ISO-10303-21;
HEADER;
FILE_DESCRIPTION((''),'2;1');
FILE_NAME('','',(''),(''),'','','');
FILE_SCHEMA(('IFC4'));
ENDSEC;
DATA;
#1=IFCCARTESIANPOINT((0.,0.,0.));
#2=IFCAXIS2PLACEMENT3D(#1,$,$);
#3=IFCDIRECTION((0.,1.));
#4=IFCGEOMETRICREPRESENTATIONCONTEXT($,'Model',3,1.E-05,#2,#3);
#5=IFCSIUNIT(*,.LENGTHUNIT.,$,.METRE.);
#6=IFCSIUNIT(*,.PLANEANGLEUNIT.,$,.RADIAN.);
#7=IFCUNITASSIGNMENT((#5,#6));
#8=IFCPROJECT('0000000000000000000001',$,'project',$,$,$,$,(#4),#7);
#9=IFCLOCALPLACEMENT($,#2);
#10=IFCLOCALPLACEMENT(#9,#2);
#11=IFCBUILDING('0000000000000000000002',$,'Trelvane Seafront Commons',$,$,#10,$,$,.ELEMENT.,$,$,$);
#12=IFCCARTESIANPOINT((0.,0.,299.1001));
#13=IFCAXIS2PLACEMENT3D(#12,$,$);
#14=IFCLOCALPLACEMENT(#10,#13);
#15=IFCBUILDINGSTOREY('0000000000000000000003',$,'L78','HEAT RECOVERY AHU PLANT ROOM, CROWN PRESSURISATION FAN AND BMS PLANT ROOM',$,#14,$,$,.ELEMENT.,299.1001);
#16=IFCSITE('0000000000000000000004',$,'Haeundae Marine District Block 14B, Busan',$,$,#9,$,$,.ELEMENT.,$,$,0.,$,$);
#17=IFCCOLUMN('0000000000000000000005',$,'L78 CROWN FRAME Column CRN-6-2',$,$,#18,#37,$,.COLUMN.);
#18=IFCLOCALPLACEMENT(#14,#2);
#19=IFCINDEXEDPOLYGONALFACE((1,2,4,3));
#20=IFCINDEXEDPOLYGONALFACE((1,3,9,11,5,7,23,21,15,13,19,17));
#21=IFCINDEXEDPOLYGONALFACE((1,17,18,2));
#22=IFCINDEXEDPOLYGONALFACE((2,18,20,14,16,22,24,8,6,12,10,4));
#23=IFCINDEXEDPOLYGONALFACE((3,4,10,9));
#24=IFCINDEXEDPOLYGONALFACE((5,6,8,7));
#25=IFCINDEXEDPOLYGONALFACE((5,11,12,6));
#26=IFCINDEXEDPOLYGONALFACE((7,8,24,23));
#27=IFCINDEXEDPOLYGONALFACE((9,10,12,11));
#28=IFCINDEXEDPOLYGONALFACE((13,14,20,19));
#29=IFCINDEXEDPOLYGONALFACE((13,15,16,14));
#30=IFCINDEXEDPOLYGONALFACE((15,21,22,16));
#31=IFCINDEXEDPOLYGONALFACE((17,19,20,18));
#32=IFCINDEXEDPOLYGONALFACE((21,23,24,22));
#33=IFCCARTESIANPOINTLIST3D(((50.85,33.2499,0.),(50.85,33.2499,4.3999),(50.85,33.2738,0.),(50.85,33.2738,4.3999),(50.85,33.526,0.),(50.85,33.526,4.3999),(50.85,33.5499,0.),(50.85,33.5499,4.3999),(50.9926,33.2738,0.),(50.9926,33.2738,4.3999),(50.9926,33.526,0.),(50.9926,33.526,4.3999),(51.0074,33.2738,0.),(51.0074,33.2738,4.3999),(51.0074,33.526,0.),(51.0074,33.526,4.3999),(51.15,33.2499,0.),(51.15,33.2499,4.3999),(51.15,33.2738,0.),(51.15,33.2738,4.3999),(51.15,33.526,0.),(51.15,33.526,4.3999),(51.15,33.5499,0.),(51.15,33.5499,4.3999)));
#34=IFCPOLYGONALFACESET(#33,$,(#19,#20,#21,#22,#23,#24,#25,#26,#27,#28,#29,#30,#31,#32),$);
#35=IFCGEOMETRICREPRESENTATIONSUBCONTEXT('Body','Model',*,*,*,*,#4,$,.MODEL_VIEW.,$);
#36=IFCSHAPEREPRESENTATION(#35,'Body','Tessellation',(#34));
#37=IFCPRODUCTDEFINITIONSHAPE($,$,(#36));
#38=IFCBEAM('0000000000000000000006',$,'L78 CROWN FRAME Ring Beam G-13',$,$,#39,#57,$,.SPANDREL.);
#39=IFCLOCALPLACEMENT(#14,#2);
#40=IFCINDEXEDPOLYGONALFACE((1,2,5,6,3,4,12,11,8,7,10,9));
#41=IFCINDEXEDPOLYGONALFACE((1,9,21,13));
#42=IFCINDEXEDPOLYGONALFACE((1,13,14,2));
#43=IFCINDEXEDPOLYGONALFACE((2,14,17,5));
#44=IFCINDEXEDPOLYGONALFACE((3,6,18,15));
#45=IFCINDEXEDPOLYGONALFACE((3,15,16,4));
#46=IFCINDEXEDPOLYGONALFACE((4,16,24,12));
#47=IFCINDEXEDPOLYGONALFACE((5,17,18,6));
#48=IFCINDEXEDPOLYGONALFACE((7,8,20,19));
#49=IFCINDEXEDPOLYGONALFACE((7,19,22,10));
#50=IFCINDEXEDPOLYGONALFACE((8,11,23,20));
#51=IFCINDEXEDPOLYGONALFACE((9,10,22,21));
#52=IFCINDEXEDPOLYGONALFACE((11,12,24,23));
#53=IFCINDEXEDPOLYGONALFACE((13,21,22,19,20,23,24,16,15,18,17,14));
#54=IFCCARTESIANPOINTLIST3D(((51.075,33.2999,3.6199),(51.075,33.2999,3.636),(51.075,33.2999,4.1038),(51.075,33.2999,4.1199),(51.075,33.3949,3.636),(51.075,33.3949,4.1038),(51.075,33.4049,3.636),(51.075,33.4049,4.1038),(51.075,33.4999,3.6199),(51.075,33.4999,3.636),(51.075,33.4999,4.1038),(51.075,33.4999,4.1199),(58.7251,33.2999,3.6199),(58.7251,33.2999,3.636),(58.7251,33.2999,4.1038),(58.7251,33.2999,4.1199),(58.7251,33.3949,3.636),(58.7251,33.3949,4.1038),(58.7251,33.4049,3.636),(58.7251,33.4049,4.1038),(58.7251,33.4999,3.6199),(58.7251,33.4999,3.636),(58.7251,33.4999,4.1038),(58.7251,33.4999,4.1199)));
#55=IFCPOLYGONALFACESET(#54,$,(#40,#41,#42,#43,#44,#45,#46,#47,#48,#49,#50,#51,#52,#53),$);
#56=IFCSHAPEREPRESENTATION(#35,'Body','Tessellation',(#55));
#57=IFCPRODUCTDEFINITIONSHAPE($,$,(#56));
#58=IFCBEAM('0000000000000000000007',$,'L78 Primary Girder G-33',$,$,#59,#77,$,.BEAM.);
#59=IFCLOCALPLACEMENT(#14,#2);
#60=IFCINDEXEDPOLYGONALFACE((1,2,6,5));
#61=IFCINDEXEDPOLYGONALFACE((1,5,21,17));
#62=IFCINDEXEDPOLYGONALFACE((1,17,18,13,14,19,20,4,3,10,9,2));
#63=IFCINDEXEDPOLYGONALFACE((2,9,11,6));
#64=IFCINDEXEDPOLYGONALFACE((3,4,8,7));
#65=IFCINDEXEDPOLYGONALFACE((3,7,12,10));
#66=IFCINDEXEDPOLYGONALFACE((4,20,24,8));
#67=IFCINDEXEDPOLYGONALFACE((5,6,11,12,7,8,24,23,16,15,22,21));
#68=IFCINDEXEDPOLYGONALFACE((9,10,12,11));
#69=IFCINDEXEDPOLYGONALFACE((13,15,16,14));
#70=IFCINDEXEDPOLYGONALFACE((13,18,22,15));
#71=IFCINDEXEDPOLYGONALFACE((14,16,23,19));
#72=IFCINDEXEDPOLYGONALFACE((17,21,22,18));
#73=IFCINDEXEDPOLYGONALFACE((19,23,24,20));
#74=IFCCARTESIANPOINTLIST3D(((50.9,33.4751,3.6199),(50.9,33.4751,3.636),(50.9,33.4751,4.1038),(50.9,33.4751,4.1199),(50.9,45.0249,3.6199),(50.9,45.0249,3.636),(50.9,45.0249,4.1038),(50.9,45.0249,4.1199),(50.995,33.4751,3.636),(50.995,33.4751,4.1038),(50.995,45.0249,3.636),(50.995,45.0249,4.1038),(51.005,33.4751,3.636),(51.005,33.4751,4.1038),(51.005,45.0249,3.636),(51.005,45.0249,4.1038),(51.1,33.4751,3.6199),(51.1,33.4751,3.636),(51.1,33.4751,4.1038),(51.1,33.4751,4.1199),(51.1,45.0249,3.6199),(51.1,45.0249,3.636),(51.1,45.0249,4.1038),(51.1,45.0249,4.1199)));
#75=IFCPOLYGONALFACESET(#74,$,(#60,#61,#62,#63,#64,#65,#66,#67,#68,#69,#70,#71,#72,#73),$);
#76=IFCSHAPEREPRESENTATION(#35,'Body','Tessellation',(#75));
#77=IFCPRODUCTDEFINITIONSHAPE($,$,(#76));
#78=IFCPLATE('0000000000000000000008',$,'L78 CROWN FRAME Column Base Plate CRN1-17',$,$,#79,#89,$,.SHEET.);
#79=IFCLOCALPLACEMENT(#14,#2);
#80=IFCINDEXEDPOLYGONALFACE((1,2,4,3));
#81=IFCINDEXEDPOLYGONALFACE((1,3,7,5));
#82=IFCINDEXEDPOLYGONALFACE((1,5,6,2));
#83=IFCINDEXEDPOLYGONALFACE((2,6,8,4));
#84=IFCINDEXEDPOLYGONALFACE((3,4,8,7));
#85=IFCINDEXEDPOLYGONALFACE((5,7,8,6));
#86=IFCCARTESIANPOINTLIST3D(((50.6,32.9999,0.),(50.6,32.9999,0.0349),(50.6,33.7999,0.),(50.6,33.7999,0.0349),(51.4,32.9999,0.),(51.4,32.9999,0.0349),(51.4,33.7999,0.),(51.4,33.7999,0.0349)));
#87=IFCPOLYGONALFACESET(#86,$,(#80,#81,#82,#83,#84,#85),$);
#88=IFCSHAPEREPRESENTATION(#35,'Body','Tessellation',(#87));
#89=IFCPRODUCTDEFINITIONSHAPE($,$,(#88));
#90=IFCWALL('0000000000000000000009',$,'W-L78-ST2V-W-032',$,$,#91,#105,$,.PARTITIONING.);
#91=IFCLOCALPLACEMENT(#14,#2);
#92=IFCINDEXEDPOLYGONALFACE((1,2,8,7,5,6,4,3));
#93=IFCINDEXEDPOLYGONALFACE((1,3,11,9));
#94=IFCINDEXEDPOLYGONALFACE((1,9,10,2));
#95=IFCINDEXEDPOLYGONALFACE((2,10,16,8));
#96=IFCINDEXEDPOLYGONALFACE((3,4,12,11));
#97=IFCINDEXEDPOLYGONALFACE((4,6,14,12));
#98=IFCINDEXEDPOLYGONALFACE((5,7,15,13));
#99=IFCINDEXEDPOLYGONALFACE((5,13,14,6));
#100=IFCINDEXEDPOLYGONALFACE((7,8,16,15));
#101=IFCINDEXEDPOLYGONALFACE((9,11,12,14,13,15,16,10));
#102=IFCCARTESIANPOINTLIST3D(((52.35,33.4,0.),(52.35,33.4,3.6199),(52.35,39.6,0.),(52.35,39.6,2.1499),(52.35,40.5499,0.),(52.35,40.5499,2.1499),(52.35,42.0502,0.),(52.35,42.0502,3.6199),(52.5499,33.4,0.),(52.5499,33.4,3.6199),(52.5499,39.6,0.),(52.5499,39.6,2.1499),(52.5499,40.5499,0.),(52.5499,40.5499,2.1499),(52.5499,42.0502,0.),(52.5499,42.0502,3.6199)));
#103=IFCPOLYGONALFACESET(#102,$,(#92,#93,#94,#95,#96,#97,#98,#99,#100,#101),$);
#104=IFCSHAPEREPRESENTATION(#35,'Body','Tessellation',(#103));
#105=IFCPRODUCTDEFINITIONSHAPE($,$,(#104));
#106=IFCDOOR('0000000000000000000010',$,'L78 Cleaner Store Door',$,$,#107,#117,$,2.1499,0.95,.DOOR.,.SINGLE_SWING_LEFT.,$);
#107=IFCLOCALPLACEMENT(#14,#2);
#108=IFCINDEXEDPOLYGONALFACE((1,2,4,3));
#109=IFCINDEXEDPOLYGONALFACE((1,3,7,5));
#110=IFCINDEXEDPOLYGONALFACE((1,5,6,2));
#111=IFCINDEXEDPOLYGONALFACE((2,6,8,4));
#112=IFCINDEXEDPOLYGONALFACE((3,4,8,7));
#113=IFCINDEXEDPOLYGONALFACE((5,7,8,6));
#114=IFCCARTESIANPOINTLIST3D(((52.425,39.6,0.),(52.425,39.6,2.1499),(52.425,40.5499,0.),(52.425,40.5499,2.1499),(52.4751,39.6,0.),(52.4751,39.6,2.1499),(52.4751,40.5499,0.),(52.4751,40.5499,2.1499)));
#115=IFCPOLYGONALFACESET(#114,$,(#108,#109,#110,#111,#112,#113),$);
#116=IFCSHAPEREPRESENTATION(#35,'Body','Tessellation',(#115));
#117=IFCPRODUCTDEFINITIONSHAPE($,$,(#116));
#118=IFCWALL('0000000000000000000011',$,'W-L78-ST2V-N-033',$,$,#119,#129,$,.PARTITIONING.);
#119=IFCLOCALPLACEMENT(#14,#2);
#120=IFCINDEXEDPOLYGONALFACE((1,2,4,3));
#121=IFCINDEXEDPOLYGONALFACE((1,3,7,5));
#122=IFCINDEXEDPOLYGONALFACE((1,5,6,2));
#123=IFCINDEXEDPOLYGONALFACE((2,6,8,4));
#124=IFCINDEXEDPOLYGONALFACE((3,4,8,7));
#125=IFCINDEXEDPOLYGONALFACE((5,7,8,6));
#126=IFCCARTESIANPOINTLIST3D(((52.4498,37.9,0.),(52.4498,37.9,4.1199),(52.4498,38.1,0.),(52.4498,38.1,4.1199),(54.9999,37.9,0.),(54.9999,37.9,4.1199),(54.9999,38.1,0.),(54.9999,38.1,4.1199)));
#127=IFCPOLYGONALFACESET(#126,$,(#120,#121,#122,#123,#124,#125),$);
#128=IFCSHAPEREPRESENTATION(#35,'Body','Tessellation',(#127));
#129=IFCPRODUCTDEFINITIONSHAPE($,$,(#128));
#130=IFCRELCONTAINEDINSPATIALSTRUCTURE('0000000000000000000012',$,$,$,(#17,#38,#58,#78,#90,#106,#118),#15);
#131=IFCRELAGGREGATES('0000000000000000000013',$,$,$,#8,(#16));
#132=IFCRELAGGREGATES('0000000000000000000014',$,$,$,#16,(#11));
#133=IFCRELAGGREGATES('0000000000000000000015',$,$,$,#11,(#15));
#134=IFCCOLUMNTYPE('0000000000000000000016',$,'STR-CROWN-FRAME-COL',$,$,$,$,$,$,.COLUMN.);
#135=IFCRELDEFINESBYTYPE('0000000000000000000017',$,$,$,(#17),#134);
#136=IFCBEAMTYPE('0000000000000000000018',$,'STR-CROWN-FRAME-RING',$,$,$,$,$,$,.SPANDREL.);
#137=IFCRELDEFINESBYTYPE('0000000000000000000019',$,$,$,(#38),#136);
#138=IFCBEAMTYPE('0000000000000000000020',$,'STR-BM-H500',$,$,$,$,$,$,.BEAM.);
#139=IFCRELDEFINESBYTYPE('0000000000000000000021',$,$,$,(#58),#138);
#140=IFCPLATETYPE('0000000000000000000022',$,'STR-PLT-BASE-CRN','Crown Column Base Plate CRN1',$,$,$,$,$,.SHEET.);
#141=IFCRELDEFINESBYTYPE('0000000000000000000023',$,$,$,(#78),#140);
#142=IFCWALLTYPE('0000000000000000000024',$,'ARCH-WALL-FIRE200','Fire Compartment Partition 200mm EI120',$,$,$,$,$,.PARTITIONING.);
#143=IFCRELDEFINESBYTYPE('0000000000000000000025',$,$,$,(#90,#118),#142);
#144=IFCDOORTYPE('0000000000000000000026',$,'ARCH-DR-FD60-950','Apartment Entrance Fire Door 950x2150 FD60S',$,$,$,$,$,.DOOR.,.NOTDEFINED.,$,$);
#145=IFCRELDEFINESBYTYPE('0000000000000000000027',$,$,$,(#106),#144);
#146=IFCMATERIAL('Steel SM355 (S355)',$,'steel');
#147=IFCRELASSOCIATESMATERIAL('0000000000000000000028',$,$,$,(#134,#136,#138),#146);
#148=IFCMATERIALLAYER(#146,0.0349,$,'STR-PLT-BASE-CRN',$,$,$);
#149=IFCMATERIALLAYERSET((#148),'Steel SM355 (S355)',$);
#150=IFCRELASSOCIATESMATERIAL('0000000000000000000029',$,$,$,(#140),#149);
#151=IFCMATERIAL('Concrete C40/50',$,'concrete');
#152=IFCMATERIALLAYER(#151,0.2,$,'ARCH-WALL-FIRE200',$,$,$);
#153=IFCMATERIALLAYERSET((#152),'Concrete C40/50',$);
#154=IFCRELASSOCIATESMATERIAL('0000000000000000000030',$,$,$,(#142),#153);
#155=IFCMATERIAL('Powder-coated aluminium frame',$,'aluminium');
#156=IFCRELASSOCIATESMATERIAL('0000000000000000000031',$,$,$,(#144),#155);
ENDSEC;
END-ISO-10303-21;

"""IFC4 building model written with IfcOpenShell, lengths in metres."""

from ifc_helpers import new_model, si_unit, direction, frame, frame_2d, origin, origin_2d, place, context, subcontext, project, spatial, rectangle, i_section, extrude, source, transform, mapped, material, layer, layer_set, material_profile, profile_set, type_object, element, fill, save


model = new_model("IFC4")

# Units and contexts
model_context = context("Model", 3, precision=1e-05, world=origin(), true_north=direction((0.0, 1.0)))
body_context = subcontext(model_context, "Body", "Model", "MODEL_VIEW")
ifc_project = project(units=[si_unit("LENGTHUNIT", "METRE"), si_unit("PLANEANGLEUNIT", "RADIAN")], contexts=[model_context])

# Site, building, storey
site_placement = place(None, origin())
site = spatial("IfcSite", under=ifc_project, at=site_placement, Name="Haeundae Marine District Block 14B, Busan", CompositionType="ELEMENT", RefElevation=0.0)
building_placement = place(site_placement, origin())
building = spatial("IfcBuilding", under=site, at=building_placement, Name="Trelvane Seafront Commons", CompositionType="ELEMENT")
storey_placement = place(building_placement, frame((0.0, 0.0, 299.1001)))
storey = spatial("IfcBuildingStorey", under=building, at=storey_placement, Name="L78", Description="HEAT RECOVERY AHU PLANT ROOM, CROWN PRESSURISATION FAN AND BMS PLANT ROOM", CompositionType="ELEMENT", Elevation=299.1001)

# Column
ifc_material_1 = material(Name="Steel SM355 (S355)", Category="steel")
ifc_material_profile_1 = material_profile(ifc_material_1, i_section(OverallWidth=0.3, OverallDepth=0.3, WebThickness=0.0149, FlangeThickness=0.0239, at=origin_2d()), Name="HD-300x300x15x24")
ifc_profile_set_1 = profile_set([ifc_material_profile_1], Name="Steel SM355 (S355)")
column_type = type_object("IfcColumnType", Name="STR-CROWN-FRAME-COL", PredefinedType="COLUMN", material=ifc_profile_set_1)
shared_shape_1 = source(origin(), body_context, "Body", "SweptSolid", [
    extrude(i_section(OverallWidth=0.3, OverallDepth=0.3, WebThickness=0.0149, FlangeThickness=0.0239, at=origin_2d()), origin(), (0.0, 0.0, 1.0), 4.3999),
])
column_placement = place(storey_placement, frame((51.0, 33.3999, 0.0), z_axis=(0.0, 0.0, 1.0), x_axis=(1.0, 0.0, 0.0)))
element("IfcColumn", 1, at=column_placement, inside=storey, type_object=column_type, Name="L78 CROWN FRAME Column CRN-6-2", PredefinedType="COLUMN", context=body_context, shape_type="MappedRepresentation", body=[
    mapped(shared_shape_1, transform((0.0, 0.0, 0.0), x_axis=(1.0, 0.0, 0.0), y_axis=(0.0, 1.0, 0.0), z_axis=(0.0, 0.0, 1.0), scale=1.0)),
])

# Beams
ifc_material_profile_2 = material_profile(ifc_material_1, i_section(OverallWidth=0.2, OverallDepth=0.5, WebThickness=0.01, FlangeThickness=0.0161, at=origin_2d()), Name="H-500x200x10x16")
ifc_profile_set_2 = profile_set([ifc_material_profile_2], Name="Steel SM355 (S355)")
beam_type_1 = type_object("IfcBeamType", Name="STR-CROWN-FRAME-RING", PredefinedType="SPANDREL", material=ifc_profile_set_2)
shared_shape_2 = source(origin(), body_context, "Body", "SweptSolid", [
    extrude(i_section(OverallWidth=0.2, OverallDepth=0.5, WebThickness=0.01, FlangeThickness=0.0161, at=origin_2d()), origin(), (0.0, 0.0, 1.0), 7.6501),
])
beam_1_placement = place(storey_placement, frame((51.075, 33.3999, 3.8699), z_axis=(1.0, 0.0, 0.0), x_axis=(0.0, 1.0, 0.0)))
element("IfcBeam", 2, at=beam_1_placement, inside=storey, type_object=beam_type_1, Name="L78 CROWN FRAME Ring Beam G-13", PredefinedType="SPANDREL", context=body_context, shape_type="MappedRepresentation", body=[
    mapped(shared_shape_2, transform((0.0, 0.0, 0.0), x_axis=(1.0, 0.0, 0.0), y_axis=(0.0, 1.0, 0.0), z_axis=(0.0, 0.0, 1.0), scale=1.0)),
])
ifc_material_profile_3 = material_profile(ifc_material_1, i_section(OverallWidth=0.2, OverallDepth=0.5, WebThickness=0.01, FlangeThickness=0.0161, at=origin_2d()), Name="H-500x200x10x16")
ifc_profile_set_3 = profile_set([ifc_material_profile_3], Name="Steel SM355 (S355)")
beam_type_2 = type_object("IfcBeamType", Name="STR-BM-H500", PredefinedType="BEAM", material=ifc_profile_set_3)
shared_shape_3 = source(origin(), body_context, "Body", "SweptSolid", [
    extrude(i_section(OverallWidth=0.2, OverallDepth=0.5, WebThickness=0.01, FlangeThickness=0.0161, at=origin_2d()), origin(), (0.0, 0.0, 1.0), 11.5498),
])
beam_2_placement = place(storey_placement, frame((51.0, 33.4751, 3.8699), z_axis=(0.0, 1.0, 0.0), x_axis=(-1.0, 0.0, 0.0)))
element("IfcBeam", 3, at=beam_2_placement, inside=storey, type_object=beam_type_2, Name="L78 Primary Girder G-33", PredefinedType="BEAM", context=body_context, shape_type="MappedRepresentation", body=[
    mapped(shared_shape_3, transform((0.0, 0.0, 0.0), x_axis=(1.0, 0.0, 0.0), y_axis=(0.0, 1.0, 0.0), z_axis=(0.0, 0.0, 1.0), scale=1.0)),
])

# Plate
ifc_layer_1 = layer(ifc_material_1, 0.0349, Name="STR-PLT-BASE-CRN")
ifc_layer_set_1 = layer_set([ifc_layer_1], Name="Steel SM355 (S355)")
plate_type = type_object("IfcPlateType", Name="STR-PLT-BASE-CRN", Description="Crown Column Base Plate CRN1", PredefinedType="SHEET", material=ifc_layer_set_1)
shared_shape_4 = source(origin(), body_context, "Body", "SweptSolid", [
    extrude(rectangle(XDim=0.8, YDim=0.8, at=origin_2d()), origin(), (0.0, 0.0, 1.0), 0.0349),
])
plate_placement = place(storey_placement, frame((51.0, 33.3999, 0.0), z_axis=(0.0, 0.0, 1.0), x_axis=(1.0, 0.0, 0.0)))
element("IfcPlate", 4, at=plate_placement, inside=storey, type_object=plate_type, Name="L78 CROWN FRAME Column Base Plate CRN1-17", PredefinedType="SHEET", context=body_context, shape_type="MappedRepresentation", body=[
    mapped(shared_shape_4, transform((0.0, 0.0, 0.0), x_axis=(1.0, 0.0, 0.0), y_axis=(0.0, 1.0, 0.0), z_axis=(0.0, 0.0, 1.0), scale=1.0)),
])

# Wall, opening, door
ifc_material_2 = material(Name="Concrete C40/50", Category="concrete")
ifc_layer_2 = layer(ifc_material_2, 0.2, Name="ARCH-WALL-FIRE200")
ifc_layer_set_2 = layer_set([ifc_layer_2], Name="Concrete C40/50")
wall_type_1 = type_object("IfcWallType", Name="ARCH-WALL-FIRE200", Description="Fire Compartment Partition 200mm EI120", PredefinedType="PARTITIONING", material=ifc_layer_set_2)
wall_1_placement = place(storey_placement, frame((52.45, 33.3999, 0.0), z_axis=(0.0, 0.0, 1.0), x_axis=(0.0, 1.0, 0.0)))
wall_1 = element("IfcWall", 5, at=wall_1_placement, inside=storey, type_object=wall_type_1, Name="W-L78-ST2V-W-032", PredefinedType="PARTITIONING", context=body_context, shape_type="SweptSolid", body=[
    extrude(rectangle(XDim=8.6501, YDim=0.2, at=frame_2d((4.3252, 0.0))), origin(), (0.0, 0.0, 1.0), 3.6199),
])
opening_1_placement = place(wall_1_placement, frame((6.2, 0.0, 0.0)))
opening_1 = element("IfcOpeningElement", 6, at=opening_1_placement, cuts=wall_1, PredefinedType="OPENING", context=body_context, shape_type="SweptSolid", body=[
    extrude(rectangle(XDim=0.95, YDim=2.1499, at=frame_2d((0.4751, 1.075))), frame((0.0, 0.1099, 0.0), z_axis=(0.0, -1.0, 0.0), x_axis=(1.0, 0.0, 0.0)), (0.0, 0.0, 1.0), 0.22),
])
ifc_material_3 = material(Name="Powder-coated aluminium frame", Category="aluminium")
door_type_1 = type_object("IfcDoorType", Name="ARCH-DR-FD60-950", Description="Apartment Entrance Fire Door 950x2150 FD60S", OperationType="NOTDEFINED", PredefinedType="DOOR", material=ifc_material_3)
shared_shape_5 = source(origin(), body_context, "Body", "SweptSolid", [
    extrude(rectangle(XDim=0.95, YDim=2.1499, at=frame_2d((0.4751, 1.075))), frame((0.0, 0.0249, 0.0), z_axis=(0.0, -1.0, 0.0), x_axis=(1.0, 0.0, 0.0)), (0.0, 0.0, 1.0), 0.05),
])
door_1_placement = place(opening_1_placement, origin())
door_1 = element("IfcDoor", 7, at=door_1_placement, inside=storey, type_object=door_type_1, Name="L78 Cleaner Store Door", OperationType="SINGLE_SWING_LEFT", OverallHeight=2.1499, OverallWidth=0.95, PredefinedType="DOOR", context=body_context, shape_type="MappedRepresentation", body=[
    mapped(shared_shape_5, transform((0.0, 0.0, 0.0), x_axis=(1.0, 0.0, 0.0), y_axis=(0.0, 1.0, 0.0), z_axis=(0.0, 0.0, 1.0), scale=1.0)),
])
fill(opening_1, door_1)

# Wall
wall_2_placement = place(storey_placement, frame((52.45, 38.0, 0.0), z_axis=(0.0, 0.0, 1.0), x_axis=(1.0, 0.0, 0.0)))
element("IfcWall", 8, at=wall_2_placement, inside=storey, type_object=wall_type_1, Name="W-L78-ST2V-N-033", PredefinedType="PARTITIONING", context=body_context, shape_type="SweptSolid", body=[
    extrude(rectangle(XDim=2.55, YDim=0.2, at=frame_2d((1.2749, 0.0))), origin(), (0.0, 0.0, 1.0), 4.1199),
])

save(model, "model.ifc")
